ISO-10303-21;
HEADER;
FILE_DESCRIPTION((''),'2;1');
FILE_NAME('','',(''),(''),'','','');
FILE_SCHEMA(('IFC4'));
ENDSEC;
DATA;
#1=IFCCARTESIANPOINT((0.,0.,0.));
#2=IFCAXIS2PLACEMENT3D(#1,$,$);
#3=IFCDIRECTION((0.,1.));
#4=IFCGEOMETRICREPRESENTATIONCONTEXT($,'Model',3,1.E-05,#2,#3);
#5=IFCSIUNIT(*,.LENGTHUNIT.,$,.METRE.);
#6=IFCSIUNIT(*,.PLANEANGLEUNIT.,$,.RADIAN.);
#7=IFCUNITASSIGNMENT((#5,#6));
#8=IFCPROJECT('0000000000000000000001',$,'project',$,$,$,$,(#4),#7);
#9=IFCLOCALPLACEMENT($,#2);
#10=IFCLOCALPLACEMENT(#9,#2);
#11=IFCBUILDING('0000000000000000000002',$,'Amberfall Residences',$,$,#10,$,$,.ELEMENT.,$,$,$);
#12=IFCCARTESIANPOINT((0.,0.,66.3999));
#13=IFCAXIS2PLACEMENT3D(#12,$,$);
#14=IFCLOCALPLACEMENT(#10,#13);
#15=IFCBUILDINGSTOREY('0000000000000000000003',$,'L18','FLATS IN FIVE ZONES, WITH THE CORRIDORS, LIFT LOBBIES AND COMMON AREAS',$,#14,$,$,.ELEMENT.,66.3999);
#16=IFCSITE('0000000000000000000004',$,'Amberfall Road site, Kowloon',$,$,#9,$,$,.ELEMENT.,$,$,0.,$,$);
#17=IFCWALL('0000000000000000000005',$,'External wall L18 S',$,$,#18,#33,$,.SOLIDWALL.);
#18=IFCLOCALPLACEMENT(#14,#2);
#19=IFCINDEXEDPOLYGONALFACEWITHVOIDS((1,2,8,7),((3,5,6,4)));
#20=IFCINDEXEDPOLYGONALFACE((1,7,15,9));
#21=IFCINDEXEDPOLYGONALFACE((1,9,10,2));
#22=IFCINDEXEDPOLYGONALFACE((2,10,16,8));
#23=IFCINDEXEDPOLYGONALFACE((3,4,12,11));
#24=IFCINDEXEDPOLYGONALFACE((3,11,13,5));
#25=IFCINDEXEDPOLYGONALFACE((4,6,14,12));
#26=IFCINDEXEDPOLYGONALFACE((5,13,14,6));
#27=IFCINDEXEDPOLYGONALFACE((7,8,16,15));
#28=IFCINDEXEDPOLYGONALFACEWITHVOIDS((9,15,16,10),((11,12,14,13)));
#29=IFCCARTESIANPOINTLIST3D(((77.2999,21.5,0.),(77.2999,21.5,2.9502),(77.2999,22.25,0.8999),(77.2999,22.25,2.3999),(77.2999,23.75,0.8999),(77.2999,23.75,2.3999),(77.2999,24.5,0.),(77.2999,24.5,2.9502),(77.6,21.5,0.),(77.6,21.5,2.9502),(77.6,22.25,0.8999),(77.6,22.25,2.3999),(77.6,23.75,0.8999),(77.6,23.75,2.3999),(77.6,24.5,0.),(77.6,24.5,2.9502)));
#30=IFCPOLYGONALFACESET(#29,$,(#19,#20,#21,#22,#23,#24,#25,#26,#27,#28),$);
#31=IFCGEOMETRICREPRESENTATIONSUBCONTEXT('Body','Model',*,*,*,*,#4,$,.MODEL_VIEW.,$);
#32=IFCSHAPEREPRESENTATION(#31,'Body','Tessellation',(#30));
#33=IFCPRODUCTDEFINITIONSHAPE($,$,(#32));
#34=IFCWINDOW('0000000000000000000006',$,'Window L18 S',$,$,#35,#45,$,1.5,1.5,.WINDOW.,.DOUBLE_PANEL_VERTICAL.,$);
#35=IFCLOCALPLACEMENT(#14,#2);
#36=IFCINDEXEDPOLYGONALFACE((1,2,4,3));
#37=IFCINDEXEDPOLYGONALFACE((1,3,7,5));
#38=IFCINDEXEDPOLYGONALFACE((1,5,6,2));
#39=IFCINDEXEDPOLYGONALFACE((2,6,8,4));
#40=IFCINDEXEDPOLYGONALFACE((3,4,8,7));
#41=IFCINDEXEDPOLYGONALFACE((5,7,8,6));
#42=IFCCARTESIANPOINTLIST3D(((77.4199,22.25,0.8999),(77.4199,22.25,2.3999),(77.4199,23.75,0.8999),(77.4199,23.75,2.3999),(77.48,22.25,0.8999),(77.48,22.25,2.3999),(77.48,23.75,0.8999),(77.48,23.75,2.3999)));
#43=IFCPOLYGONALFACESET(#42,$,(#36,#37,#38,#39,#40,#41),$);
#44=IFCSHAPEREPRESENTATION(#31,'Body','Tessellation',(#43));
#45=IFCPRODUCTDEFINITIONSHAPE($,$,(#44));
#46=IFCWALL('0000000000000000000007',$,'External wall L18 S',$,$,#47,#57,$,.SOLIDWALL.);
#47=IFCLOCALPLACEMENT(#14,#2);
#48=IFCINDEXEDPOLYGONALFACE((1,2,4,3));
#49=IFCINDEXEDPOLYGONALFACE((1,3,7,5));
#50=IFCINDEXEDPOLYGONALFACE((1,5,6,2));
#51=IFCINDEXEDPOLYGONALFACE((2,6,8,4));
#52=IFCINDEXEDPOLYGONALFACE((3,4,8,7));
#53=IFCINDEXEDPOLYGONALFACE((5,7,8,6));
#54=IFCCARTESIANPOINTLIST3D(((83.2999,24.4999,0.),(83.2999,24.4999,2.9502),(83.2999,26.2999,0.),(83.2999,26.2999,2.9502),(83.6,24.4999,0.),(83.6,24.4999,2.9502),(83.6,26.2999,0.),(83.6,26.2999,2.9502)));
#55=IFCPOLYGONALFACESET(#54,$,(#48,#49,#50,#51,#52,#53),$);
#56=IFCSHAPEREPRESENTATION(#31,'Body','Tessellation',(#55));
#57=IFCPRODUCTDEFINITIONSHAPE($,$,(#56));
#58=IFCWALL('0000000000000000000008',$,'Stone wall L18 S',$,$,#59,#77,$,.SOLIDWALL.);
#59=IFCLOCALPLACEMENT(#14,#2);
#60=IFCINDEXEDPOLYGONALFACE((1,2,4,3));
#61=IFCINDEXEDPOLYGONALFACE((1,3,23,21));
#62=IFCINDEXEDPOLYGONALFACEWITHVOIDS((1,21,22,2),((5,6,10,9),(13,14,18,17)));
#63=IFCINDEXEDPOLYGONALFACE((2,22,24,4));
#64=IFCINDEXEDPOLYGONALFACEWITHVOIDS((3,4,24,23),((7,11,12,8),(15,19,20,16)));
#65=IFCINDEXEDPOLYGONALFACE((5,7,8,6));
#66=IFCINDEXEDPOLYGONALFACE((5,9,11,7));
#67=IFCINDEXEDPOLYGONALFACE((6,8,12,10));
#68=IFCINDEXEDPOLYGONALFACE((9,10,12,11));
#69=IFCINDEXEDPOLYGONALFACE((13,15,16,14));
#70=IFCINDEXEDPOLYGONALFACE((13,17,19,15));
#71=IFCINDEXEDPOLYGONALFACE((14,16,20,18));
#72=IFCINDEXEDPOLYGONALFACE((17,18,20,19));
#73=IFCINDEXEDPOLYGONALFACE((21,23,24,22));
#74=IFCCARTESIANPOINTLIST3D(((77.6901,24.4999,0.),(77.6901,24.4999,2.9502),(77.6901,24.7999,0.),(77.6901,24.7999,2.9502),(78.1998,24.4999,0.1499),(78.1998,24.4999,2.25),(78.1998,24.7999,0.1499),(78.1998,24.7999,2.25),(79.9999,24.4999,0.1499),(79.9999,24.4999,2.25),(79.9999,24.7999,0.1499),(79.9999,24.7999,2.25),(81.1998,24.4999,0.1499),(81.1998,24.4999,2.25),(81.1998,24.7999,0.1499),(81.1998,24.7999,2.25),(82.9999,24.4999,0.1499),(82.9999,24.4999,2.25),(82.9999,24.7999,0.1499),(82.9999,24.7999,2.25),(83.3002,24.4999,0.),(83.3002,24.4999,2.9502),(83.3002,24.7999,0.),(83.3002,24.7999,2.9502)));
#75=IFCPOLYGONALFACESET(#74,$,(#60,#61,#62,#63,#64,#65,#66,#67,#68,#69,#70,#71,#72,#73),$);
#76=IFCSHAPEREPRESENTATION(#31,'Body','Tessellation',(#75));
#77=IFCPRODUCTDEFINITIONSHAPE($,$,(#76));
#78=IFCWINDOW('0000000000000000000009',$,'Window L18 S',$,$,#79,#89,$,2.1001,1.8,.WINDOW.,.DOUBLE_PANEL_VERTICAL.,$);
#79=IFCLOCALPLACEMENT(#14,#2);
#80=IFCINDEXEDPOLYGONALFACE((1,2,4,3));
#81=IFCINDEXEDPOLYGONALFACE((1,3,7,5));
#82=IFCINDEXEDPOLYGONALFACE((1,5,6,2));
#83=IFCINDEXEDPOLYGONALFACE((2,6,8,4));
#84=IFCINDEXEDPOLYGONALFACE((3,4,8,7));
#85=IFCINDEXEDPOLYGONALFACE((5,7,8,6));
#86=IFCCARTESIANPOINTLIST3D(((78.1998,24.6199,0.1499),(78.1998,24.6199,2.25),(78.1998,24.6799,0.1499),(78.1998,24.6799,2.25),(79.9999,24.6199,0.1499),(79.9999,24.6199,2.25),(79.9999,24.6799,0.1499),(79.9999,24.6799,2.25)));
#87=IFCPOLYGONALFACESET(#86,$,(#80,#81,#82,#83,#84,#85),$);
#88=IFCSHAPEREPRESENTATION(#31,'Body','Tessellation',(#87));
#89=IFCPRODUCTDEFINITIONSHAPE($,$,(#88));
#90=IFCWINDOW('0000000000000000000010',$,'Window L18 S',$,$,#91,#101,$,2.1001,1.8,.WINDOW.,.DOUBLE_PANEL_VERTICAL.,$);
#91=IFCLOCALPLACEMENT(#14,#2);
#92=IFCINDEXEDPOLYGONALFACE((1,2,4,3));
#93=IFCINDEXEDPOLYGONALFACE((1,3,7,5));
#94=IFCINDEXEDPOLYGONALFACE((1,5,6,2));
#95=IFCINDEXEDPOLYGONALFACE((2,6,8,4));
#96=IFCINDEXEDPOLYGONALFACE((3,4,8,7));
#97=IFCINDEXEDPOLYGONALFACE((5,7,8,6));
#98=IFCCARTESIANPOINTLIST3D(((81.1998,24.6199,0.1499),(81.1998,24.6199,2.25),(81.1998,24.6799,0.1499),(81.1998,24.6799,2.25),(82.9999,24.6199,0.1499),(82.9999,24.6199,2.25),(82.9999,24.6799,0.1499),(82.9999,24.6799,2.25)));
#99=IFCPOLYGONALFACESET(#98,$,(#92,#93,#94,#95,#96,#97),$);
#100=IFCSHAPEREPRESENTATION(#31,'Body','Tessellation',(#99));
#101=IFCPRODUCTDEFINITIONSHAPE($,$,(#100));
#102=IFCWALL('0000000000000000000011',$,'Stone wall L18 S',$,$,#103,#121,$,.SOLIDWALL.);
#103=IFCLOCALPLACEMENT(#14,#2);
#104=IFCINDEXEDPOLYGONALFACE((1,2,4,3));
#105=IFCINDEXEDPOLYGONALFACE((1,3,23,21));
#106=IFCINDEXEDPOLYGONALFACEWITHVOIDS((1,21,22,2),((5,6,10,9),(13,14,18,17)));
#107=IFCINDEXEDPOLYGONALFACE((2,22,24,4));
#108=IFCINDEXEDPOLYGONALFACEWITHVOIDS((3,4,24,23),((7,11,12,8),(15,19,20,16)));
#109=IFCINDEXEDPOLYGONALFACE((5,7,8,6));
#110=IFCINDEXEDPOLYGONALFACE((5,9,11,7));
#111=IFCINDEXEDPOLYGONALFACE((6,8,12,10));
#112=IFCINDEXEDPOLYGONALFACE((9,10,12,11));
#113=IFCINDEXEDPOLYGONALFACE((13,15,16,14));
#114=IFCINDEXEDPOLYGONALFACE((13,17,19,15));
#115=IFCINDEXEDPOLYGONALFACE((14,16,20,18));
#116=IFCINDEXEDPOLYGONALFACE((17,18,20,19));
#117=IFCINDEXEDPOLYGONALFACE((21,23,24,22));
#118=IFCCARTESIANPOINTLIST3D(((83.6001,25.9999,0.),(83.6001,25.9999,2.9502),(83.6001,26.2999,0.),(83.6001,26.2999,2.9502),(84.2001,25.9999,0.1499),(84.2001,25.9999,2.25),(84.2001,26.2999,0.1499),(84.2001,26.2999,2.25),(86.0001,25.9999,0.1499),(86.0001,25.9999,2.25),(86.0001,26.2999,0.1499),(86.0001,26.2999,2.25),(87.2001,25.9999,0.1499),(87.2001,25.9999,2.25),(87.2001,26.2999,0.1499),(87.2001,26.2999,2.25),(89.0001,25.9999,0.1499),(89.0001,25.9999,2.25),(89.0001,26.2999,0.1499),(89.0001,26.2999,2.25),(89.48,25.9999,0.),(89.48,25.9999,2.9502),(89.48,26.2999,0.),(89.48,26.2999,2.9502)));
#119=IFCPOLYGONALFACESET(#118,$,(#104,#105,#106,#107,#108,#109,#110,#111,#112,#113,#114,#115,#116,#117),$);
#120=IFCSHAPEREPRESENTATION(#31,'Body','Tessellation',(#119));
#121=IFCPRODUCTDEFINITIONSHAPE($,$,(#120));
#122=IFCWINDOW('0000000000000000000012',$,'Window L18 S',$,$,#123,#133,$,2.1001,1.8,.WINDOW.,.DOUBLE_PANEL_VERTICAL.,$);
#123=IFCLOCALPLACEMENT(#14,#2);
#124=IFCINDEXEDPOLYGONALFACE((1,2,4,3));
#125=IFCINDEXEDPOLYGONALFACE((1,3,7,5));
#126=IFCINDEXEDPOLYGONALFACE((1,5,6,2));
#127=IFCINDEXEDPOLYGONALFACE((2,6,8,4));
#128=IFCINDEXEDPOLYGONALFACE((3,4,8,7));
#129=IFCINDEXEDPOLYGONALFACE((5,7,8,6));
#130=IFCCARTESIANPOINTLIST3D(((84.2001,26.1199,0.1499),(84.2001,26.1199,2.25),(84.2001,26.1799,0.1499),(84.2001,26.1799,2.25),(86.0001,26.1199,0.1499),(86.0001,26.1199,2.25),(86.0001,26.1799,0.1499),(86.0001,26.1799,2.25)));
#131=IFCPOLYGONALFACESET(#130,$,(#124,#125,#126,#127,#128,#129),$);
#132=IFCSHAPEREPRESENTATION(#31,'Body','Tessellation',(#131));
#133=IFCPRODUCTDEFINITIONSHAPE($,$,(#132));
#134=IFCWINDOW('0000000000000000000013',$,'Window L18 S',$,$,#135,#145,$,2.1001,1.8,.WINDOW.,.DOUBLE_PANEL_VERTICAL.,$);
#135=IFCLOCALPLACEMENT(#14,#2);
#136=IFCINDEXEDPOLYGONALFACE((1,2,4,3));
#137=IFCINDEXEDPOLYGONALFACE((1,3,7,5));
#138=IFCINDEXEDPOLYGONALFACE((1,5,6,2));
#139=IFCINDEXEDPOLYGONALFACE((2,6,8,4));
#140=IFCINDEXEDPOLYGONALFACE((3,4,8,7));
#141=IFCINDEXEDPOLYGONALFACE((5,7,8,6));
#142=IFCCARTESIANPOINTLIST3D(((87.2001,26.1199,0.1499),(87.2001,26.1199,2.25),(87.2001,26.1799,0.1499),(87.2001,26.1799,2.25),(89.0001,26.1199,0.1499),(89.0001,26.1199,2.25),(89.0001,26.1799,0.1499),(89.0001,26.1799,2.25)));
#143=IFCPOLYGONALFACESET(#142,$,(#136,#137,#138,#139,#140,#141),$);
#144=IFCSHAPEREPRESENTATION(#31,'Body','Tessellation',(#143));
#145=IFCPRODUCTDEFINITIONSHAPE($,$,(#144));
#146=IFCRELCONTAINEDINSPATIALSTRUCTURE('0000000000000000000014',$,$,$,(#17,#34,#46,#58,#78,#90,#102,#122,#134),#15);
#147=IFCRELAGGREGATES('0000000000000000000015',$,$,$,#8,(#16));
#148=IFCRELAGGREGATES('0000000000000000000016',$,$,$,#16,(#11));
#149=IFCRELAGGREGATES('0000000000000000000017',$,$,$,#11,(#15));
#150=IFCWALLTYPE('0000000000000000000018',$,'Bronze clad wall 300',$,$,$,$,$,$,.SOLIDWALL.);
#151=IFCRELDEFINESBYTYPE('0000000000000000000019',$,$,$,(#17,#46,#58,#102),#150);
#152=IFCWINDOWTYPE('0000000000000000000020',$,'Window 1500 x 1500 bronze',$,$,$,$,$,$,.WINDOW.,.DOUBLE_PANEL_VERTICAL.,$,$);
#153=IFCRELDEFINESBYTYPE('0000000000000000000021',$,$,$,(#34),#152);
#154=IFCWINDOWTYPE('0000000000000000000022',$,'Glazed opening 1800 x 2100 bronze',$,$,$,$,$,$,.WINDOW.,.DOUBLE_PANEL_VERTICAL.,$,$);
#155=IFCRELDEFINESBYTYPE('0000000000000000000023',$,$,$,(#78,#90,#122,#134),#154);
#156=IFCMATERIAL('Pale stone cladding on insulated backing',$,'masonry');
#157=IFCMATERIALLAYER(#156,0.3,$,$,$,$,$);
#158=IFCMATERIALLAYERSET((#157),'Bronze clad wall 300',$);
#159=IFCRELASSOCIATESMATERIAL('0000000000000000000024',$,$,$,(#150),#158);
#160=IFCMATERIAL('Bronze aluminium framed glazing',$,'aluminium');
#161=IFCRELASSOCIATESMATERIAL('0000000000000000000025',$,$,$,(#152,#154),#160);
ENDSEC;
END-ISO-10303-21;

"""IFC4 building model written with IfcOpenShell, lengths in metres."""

from ifc_helpers import new_model, si_unit, direction, frame, frame_2d, origin, place, context, subcontext, project, spatial, rectangle, extrude, material, layer, layer_set, type_object, element, fill, save


model = new_model("IFC4")

# Units and contexts
model_context = context("Model", 3, precision=1e-05, world=origin(), true_north=direction((0.0, 1.0)))
body_context = subcontext(model_context, "Body", "Model", "MODEL_VIEW")
ifc_project = project(units=[si_unit("LENGTHUNIT", "METRE"), si_unit("PLANEANGLEUNIT", "RADIAN")], contexts=[model_context])

# Site, building, storey
site_placement = place(None, origin())
site = spatial("IfcSite", under=ifc_project, at=site_placement, Name="Amberfall Road site, Kowloon", CompositionType="ELEMENT", RefElevation=0.0)
building_placement = place(site_placement, origin())
building = spatial("IfcBuilding", under=site, at=building_placement, Name="Amberfall Residences", CompositionType="ELEMENT")
storey_placement = place(building_placement, frame((0.0, 0.0, 66.3999)))
storey = spatial("IfcBuildingStorey", under=building, at=storey_placement, Name="L18", Description="FLATS IN FIVE ZONES, WITH THE CORRIDORS, LIFT LOBBIES AND COMMON AREAS", CompositionType="ELEMENT", Elevation=66.3999)

# Wall, opening, window
ifc_material_1 = material(Name="Pale stone cladding on insulated backing", Category="masonry")
ifc_layer_1 = layer(ifc_material_1, 0.3)
ifc_layer_set_1 = layer_set([ifc_layer_1], Name="Bronze clad wall 300")
wall_type_1 = type_object("IfcWallType", Name="Bronze clad wall 300", PredefinedType="SOLIDWALL", material=ifc_layer_set_1)
wall_1_placement = place(storey_placement, frame((77.45, 21.5, 0.0), z_axis=(0.0, 0.0, 1.0), x_axis=(0.0, 1.0, 0.0)))
wall_1 = element("IfcWall", 1, at=wall_1_placement, inside=storey, type_object=wall_type_1, Name="External wall L18 S", PredefinedType="SOLIDWALL", context=body_context, shape_type="SweptSolid", body=[
    extrude(rectangle(XDim=3.0, YDim=0.3, at=frame_2d((1.5, 0.0))), origin(), (0.0, 0.0, 1.0), 2.9502),
])
opening_1_placement = place(wall_1_placement, frame((0.75, 0.0, 0.8999)))
opening_1 = element("IfcOpeningElement", 2, at=opening_1_placement, cuts=wall_1, PredefinedType="OPENING", context=body_context, shape_type="SweptSolid", body=[
    extrude(rectangle(XDim=1.5, YDim=1.5, at=frame_2d((0.75, 0.75))), frame((0.0, 0.1599, 0.0), z_axis=(0.0, -1.0, 0.0), x_axis=(1.0, 0.0, 0.0)), (0.0, 0.0, 1.0), 0.3201),
])
ifc_material_2 = material(Name="Bronze aluminium framed glazing", Category="aluminium")
window_type_1 = type_object("IfcWindowType", Name="Window 1500 x 1500 bronze", PartitioningType="DOUBLE_PANEL_VERTICAL", PredefinedType="WINDOW", material=ifc_material_2)
window_1_placement = place(opening_1_placement, origin())
window_1 = element("IfcWindow", 3, at=window_1_placement, inside=storey, type_object=window_type_1, Name="Window L18 S", OverallHeight=1.5, OverallWidth=1.5, PartitioningType="DOUBLE_PANEL_VERTICAL", PredefinedType="WINDOW", context=body_context, shape_type="SweptSolid", body=[
    extrude(rectangle(XDim=1.5, YDim=1.5, at=frame_2d((0.75, 0.75))), frame((0.0, 0.03, 0.0), z_axis=(0.0, -1.0, 0.0), x_axis=(1.0, 0.0, 0.0)), (0.0, 0.0, 1.0), 0.0601),
])
fill(opening_1, window_1)

# Wall
wall_2_placement = place(storey_placement, frame((83.45, 24.5, 0.0), z_axis=(0.0, 0.0, 1.0), x_axis=(0.0, 1.0, 0.0)))
element("IfcWall", 4, at=wall_2_placement, inside=storey, type_object=wall_type_1, Name="External wall L18 S", PredefinedType="SOLIDWALL", context=body_context, shape_type="SweptSolid", body=[
    extrude(rectangle(XDim=1.8, YDim=0.3, at=frame_2d((0.8999, 0.0))), origin(), (0.0, 0.0, 1.0), 2.9502),
])

# Walls, openings, windows
wall_3_placement = place(storey_placement, frame((77.6899, 24.6499, 0.0), z_axis=(0.0, 0.0, 1.0), x_axis=(1.0, 0.0, 0.0)))
wall_3 = element("IfcWall", 5, at=wall_3_placement, inside=storey, type_object=wall_type_1, Name="Stone wall L18 S", PredefinedType="SOLIDWALL", context=body_context, shape_type="SweptSolid", body=[
    extrude(rectangle(XDim=5.6101, YDim=0.3, at=frame_2d((2.8052, 0.0))), origin(), (0.0, 0.0, 1.0), 2.9502),
])
opening_2_placement = place(wall_3_placement, frame((0.51, 0.0, 0.1499)))
opening_2 = element("IfcOpeningElement", 6, at=opening_2_placement, cuts=wall_3, PredefinedType="OPENING", context=body_context, shape_type="SweptSolid", body=[
    extrude(rectangle(XDim=1.8, YDim=2.1001, at=frame_2d((0.8999, 1.05))), frame((0.0, 0.1599, 0.0), z_axis=(0.0, -1.0, 0.0), x_axis=(1.0, 0.0, 0.0)), (0.0, 0.0, 1.0), 0.3201),
])
opening_3_placement = place(wall_3_placement, frame((3.51, 0.0, 0.1499)))
opening_3 = element("IfcOpeningElement", 7, at=opening_3_placement, cuts=wall_3, PredefinedType="OPENING", context=body_context, shape_type="SweptSolid", body=[
    extrude(rectangle(XDim=1.8, YDim=2.1001, at=frame_2d((0.8999, 1.05))), frame((0.0, 0.1599, 0.0), z_axis=(0.0, -1.0, 0.0), x_axis=(1.0, 0.0, 0.0)), (0.0, 0.0, 1.0), 0.3201),
])
window_type_2 = type_object("IfcWindowType", Name="Glazed opening 1800 x 2100 bronze", PartitioningType="DOUBLE_PANEL_VERTICAL", PredefinedType="WINDOW", material=ifc_material_2)
window_2_placement = place(opening_2_placement, origin())
window_2 = element("IfcWindow", 8, at=window_2_placement, inside=storey, type_object=window_type_2, Name="Window L18 S", OverallHeight=2.1001, OverallWidth=1.8, PartitioningType="DOUBLE_PANEL_VERTICAL", PredefinedType="WINDOW", context=body_context, shape_type="SweptSolid", body=[
    extrude(rectangle(XDim=1.8, YDim=2.1001, at=frame_2d((0.8999, 1.05))), frame((0.0, 0.03, 0.0), z_axis=(0.0, -1.0, 0.0), x_axis=(1.0, 0.0, 0.0)), (0.0, 0.0, 1.0), 0.0601),
])
fill(opening_2, window_2)
window_3_placement = place(opening_3_placement, origin())
window_3 = element("IfcWindow", 9, at=window_3_placement, inside=storey, type_object=window_type_2, Name="Window L18 S", OverallHeight=2.1001, OverallWidth=1.8, PartitioningType="DOUBLE_PANEL_VERTICAL", PredefinedType="WINDOW", context=body_context, shape_type="SweptSolid", body=[
    extrude(rectangle(XDim=1.8, YDim=2.1001, at=frame_2d((0.8999, 1.05))), frame((0.0, 0.03, 0.0), z_axis=(0.0, -1.0, 0.0), x_axis=(1.0, 0.0, 0.0)), (0.0, 0.0, 1.0), 0.0601),
])
fill(opening_3, window_3)
wall_4_placement = place(storey_placement, frame((83.6001, 26.1499, 0.0), z_axis=(0.0, 0.0, 1.0), x_axis=(1.0, 0.0, 0.0)))
wall_4 = element("IfcWall", 10, at=wall_4_placement, inside=storey, type_object=wall_type_1, Name="Stone wall L18 S", PredefinedType="SOLIDWALL", context=body_context, shape_type="SweptSolid", body=[
    extrude(rectangle(XDim=5.8799, YDim=0.3, at=frame_2d((2.9399, 0.0))), origin(), (0.0, 0.0, 1.0), 2.9502),
])
opening_4_placement = place(wall_4_placement, frame((0.6001, 0.0, 0.1499)))
opening_4 = element("IfcOpeningElement", 11, at=opening_4_placement, cuts=wall_4, PredefinedType="OPENING", context=body_context, shape_type="SweptSolid", body=[
    extrude(rectangle(XDim=1.8, YDim=2.1001, at=frame_2d((0.8999, 1.05))), frame((0.0, 0.1599, 0.0), z_axis=(0.0, -1.0, 0.0), x_axis=(1.0, 0.0, 0.0)), (0.0, 0.0, 1.0), 0.3201),
])
opening_5_placement = place(wall_4_placement, frame((3.6001, 0.0, 0.1499)))
opening_5 = element("IfcOpeningElement", 12, at=opening_5_placement, cuts=wall_4, PredefinedType="OPENING", context=body_context, shape_type="SweptSolid", body=[
    extrude(rectangle(XDim=1.8, YDim=2.1001, at=frame_2d((0.8999, 1.05))), frame((0.0, 0.1599, 0.0), z_axis=(0.0, -1.0, 0.0), x_axis=(1.0, 0.0, 0.0)), (0.0, 0.0, 1.0), 0.3201),
])
window_4_placement = place(opening_4_placement, origin())
window_4 = element("IfcWindow", 13, at=window_4_placement, inside=storey, type_object=window_type_2, Name="Window L18 S", OverallHeight=2.1001, OverallWidth=1.8, PartitioningType="DOUBLE_PANEL_VERTICAL", PredefinedType="WINDOW", context=body_context, shape_type="SweptSolid", body=[
    extrude(rectangle(XDim=1.8, YDim=2.1001, at=frame_2d((0.8999, 1.05))), frame((0.0, 0.03, 0.0), z_axis=(0.0, -1.0, 0.0), x_axis=(1.0, 0.0, 0.0)), (0.0, 0.0, 1.0), 0.0601),
])
fill(opening_4, window_4)
window_5_placement = place(opening_5_placement, origin())
window_5 = element("IfcWindow", 14, at=window_5_placement, inside=storey, type_object=window_type_2, Name="Window L18 S", OverallHeight=2.1001, OverallWidth=1.8, PartitioningType="DOUBLE_PANEL_VERTICAL", PredefinedType="WINDOW", context=body_context, shape_type="SweptSolid", body=[
    extrude(rectangle(XDim=1.8, YDim=2.1001, at=frame_2d((0.8999, 1.05))), frame((0.0, 0.03, 0.0), z_axis=(0.0, -1.0, 0.0), x_axis=(1.0, 0.0, 0.0)), (0.0, 0.0, 1.0), 0.0601),
])
fill(opening_5, window_5)

save(model, "model.ifc")
